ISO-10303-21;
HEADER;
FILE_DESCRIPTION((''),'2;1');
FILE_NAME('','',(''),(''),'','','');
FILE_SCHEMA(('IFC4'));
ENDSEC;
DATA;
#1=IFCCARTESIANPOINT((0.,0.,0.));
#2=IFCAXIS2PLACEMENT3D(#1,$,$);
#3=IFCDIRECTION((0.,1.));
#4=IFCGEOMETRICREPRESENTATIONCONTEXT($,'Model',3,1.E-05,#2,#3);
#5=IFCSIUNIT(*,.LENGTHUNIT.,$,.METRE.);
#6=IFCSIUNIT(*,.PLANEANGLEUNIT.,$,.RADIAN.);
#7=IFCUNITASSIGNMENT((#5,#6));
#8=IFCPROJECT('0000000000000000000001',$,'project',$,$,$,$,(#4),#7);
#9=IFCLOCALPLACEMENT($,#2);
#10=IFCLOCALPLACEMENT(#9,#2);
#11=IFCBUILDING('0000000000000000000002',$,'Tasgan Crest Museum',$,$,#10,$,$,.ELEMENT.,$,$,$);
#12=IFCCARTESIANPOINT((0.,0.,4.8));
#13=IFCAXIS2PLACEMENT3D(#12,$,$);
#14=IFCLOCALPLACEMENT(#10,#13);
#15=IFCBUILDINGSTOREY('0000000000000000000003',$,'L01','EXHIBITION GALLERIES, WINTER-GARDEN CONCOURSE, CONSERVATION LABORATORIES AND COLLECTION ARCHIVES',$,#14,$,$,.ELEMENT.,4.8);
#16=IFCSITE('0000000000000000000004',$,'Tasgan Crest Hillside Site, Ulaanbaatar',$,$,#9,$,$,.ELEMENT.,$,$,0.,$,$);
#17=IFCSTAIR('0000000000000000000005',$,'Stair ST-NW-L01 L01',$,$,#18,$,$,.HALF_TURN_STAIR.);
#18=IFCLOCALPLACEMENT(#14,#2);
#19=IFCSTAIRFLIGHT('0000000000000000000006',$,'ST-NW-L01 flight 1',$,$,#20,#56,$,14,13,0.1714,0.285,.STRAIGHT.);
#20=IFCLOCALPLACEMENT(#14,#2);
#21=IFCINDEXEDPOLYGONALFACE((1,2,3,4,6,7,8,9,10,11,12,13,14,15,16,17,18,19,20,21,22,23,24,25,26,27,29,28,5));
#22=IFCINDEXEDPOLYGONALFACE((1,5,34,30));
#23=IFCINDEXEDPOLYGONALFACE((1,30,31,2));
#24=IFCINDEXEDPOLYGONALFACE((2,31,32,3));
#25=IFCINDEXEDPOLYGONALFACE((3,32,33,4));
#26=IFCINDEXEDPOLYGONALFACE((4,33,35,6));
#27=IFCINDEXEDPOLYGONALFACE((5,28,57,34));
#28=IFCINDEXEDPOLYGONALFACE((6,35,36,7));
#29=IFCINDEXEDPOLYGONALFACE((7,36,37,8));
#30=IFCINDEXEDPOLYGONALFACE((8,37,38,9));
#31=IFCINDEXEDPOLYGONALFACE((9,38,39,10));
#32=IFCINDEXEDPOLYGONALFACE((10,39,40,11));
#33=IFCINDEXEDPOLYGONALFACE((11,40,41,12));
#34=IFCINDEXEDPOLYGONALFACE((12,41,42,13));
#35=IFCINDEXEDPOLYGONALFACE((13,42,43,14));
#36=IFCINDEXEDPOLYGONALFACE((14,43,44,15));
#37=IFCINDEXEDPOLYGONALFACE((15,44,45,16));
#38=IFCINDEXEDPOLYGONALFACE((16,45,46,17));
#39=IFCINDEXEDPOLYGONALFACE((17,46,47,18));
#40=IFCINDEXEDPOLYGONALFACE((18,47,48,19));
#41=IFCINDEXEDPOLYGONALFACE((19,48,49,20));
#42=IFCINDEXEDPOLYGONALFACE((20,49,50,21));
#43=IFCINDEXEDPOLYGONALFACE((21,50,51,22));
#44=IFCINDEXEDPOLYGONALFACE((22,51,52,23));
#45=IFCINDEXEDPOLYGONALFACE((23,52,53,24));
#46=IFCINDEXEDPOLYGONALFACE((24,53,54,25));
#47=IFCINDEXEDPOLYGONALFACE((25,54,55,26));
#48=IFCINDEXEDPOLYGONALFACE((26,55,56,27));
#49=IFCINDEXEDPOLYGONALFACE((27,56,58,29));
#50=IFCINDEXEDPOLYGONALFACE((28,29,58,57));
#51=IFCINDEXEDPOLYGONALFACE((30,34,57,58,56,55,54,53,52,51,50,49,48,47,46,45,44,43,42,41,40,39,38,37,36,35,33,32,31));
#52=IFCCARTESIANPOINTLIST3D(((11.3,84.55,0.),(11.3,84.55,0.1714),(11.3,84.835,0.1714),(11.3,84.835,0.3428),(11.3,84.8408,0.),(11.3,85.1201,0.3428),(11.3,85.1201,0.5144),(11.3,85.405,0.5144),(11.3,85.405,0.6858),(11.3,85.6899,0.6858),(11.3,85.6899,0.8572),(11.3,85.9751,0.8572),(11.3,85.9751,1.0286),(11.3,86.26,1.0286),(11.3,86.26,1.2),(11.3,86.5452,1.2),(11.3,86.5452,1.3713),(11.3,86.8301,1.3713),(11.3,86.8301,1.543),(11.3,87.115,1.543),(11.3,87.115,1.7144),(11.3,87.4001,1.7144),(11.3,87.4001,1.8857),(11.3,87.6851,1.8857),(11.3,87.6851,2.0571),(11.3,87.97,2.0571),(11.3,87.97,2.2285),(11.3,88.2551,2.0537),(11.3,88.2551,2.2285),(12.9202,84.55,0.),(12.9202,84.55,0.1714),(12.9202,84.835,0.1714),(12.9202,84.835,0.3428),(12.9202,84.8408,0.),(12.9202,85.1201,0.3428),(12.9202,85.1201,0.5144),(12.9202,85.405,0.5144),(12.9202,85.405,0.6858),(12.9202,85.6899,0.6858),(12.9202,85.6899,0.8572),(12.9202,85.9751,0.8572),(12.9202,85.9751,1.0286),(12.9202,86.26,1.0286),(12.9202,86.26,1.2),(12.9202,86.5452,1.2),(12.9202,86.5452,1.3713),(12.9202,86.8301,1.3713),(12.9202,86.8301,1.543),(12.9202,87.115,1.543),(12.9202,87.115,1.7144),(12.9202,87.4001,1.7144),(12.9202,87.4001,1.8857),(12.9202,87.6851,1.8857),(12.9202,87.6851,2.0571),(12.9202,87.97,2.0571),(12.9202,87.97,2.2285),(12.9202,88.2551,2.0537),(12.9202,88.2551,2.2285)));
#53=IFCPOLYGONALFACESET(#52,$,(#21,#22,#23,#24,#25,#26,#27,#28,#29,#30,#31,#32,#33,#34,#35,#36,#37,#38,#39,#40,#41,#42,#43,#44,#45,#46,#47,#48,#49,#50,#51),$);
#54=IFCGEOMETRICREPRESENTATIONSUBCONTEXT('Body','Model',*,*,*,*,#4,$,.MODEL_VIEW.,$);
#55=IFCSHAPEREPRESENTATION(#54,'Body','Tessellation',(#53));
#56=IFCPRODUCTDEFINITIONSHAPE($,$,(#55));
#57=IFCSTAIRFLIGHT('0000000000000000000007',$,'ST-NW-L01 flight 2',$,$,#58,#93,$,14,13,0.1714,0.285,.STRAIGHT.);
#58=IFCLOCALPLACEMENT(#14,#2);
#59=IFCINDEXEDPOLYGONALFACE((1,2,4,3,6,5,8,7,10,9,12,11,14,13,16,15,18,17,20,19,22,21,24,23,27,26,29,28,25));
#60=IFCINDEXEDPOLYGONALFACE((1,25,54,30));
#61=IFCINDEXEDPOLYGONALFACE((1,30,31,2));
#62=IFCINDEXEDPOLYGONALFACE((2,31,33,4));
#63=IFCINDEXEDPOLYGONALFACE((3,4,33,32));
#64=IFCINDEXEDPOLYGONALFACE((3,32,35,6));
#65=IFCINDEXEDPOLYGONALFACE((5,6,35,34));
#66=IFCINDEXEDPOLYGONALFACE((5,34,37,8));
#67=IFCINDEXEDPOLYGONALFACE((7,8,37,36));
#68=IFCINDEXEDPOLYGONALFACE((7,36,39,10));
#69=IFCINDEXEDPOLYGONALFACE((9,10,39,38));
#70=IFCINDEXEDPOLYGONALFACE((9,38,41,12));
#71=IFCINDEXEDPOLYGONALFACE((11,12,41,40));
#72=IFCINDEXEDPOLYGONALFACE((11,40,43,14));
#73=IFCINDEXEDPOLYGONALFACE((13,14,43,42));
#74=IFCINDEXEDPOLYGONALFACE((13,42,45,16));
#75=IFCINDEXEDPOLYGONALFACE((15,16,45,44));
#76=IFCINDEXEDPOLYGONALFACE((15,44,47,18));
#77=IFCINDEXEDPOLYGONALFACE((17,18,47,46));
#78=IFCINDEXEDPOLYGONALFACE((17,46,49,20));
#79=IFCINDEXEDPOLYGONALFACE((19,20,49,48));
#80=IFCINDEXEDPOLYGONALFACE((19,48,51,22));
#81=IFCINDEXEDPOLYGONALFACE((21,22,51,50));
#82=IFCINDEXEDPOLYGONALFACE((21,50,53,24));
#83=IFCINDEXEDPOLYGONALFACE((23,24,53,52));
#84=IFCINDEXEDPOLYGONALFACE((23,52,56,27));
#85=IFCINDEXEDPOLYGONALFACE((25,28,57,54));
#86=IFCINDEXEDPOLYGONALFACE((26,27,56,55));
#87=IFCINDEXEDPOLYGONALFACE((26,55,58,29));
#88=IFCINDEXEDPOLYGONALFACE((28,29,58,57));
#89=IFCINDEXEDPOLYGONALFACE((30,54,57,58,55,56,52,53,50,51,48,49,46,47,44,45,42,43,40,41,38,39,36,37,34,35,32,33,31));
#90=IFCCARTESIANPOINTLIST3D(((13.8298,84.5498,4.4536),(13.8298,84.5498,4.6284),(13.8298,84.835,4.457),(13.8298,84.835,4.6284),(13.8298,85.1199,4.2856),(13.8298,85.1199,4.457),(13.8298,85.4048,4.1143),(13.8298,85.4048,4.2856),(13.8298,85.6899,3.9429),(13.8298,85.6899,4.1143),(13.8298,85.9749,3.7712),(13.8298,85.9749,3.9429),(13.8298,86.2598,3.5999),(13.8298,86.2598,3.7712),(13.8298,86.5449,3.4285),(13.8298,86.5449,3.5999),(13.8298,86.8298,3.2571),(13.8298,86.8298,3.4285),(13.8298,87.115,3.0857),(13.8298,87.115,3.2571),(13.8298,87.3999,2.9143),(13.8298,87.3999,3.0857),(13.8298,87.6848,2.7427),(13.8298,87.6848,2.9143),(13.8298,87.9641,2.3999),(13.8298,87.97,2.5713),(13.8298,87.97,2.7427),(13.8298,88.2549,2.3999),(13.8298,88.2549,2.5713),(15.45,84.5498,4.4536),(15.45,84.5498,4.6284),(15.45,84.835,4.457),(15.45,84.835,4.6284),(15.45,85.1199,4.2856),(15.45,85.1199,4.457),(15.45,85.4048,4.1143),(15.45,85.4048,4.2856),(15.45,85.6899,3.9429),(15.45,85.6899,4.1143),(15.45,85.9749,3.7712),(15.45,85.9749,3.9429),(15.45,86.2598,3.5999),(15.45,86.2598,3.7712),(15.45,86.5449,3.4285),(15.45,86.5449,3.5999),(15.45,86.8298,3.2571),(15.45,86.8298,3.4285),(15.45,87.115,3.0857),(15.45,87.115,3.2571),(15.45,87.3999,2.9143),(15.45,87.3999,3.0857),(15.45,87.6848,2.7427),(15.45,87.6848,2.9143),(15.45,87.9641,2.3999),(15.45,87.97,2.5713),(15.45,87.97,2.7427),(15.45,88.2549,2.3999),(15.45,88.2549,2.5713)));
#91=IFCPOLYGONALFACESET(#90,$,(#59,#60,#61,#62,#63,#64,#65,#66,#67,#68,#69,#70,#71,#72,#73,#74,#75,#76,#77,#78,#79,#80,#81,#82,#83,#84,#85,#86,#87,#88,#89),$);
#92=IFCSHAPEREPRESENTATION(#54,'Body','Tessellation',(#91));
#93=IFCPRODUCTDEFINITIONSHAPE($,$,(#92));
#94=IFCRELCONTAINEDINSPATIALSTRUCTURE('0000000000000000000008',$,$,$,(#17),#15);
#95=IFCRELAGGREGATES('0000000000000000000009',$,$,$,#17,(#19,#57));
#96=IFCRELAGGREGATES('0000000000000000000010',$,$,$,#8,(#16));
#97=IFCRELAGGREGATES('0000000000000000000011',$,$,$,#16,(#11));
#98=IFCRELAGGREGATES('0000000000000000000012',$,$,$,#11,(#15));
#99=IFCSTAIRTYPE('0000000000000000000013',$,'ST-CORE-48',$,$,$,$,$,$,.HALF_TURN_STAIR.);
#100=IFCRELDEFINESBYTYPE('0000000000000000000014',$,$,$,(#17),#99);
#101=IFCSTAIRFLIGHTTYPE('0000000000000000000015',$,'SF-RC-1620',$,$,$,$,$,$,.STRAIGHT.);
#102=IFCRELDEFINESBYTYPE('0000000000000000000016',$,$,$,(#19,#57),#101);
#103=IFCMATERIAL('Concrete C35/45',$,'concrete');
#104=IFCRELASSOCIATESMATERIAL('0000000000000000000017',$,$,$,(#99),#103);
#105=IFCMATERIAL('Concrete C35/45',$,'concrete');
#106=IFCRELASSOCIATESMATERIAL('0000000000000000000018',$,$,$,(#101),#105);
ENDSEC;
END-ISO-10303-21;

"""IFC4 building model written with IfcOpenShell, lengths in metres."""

from ifc_helpers import new_model, si_unit, direction, frame, origin, place, context, subcontext, project, spatial, polyline, outline, extrude, material, type_object, element, aggregate, save


model = new_model("IFC4")

# Units and contexts
model_context = context("Model", 3, precision=1e-05, world=origin(), true_north=direction((0.0, 1.0)))
body_context = subcontext(model_context, "Body", "Model", "MODEL_VIEW")
ifc_project = project(units=[si_unit("LENGTHUNIT", "METRE"), si_unit("PLANEANGLEUNIT", "RADIAN")], contexts=[model_context])

# Site, building, storey
site_placement = place(None, origin())
site = spatial("IfcSite", under=ifc_project, at=site_placement, Name="Tasgan Crest Hillside Site, Ulaanbaatar", CompositionType="ELEMENT", RefElevation=0.0)
building_placement = place(site_placement, origin())
building = spatial("IfcBuilding", under=site, at=building_placement, Name="Tasgan Crest Museum", CompositionType="ELEMENT")
storey_placement = place(building_placement, frame((0.0, 0.0, 4.8)))
storey = spatial("IfcBuildingStorey", under=building, at=storey_placement, Name="L01", Description="EXHIBITION GALLERIES, WINTER-GARDEN CONCOURSE, CONSERVATION LABORATORIES AND COLLECTION ARCHIVES", CompositionType="ELEMENT", Elevation=4.8)

# Stair, stair flights
ifc_material_1 = material(Name="Concrete C35/45", Category="concrete")
stair_type = type_object("IfcStairType", Name="ST-CORE-48", PredefinedType="HALF_TURN_STAIR", material=ifc_material_1)
stair_placement = place(storey_placement, origin())
stair = element("IfcStair", 1, at=stair_placement, inside=storey, type_object=stair_type, Name="Stair ST-NW-L01 L01", PredefinedType="HALF_TURN_STAIR")
ifc_material_2 = material(Name="Concrete C35/45", Category="concrete")
stair_flight_type = type_object("IfcStairFlightType", Name="SF-RC-1620", PredefinedType="STRAIGHT", material=ifc_material_2)
stair_flight_1_placement = place(storey_placement, frame((12.1101, 84.55, 0.0), z_axis=(0.0, 0.0, 1.0), x_axis=(0.0, 1.0, 0.0)))
stair_flight_1 = element("IfcStairFlight", 2, at=stair_flight_1_placement, type_object=stair_flight_type, Name="ST-NW-L01 flight 1", NumberOfRisers=14, NumberOfTreads=13, PredefinedType="STRAIGHT", RiserHeight=0.1714, TreadLength=0.285, context=body_context, shape_type="SweptSolid", body=[
    extrude(outline(polyline([(0.0, 0.0), (0.0, 0.1714), (0.2849, 0.1714), (0.2849, 0.3428), (0.5701, 0.3428), (0.5701, 0.5144), (0.855, 0.5144), (0.855, 0.6858), (1.1399, 0.6858), (1.1399, 0.8572), (1.425, 0.8572), (1.425, 1.0286), (1.71, 1.0286), (1.71, 1.2), (1.9951, 1.2), (1.9951, 1.3713), (2.28, 1.3713), (2.28, 1.543), (2.5649, 1.543), (2.5649, 1.7144), (2.8501, 1.7144), (2.8501, 1.8857), (3.135, 1.8857), (3.135, 2.0571), (3.4199, 2.0571), (3.4199, 2.2285), (3.7051, 2.2285), (3.7051, 2.3999), (3.7051, 2.0537), (0.2908, 0.0), (0.0, 0.0)])), frame((0.0, 0.8101, 0.0), z_axis=(0.0, -1.0, 0.0), x_axis=(1.0, 0.0, 0.0)), (0.0, 0.0, 1.0), 1.6201),
])
stair_flight_2_placement = place(storey_placement, frame((14.6399, 88.2549, 2.3999), z_axis=(0.0, 0.0, 1.0), x_axis=(0.0, -1.0, 0.0)))
stair_flight_2 = element("IfcStairFlight", 3, at=stair_flight_2_placement, type_object=stair_flight_type, Name="ST-NW-L01 flight 2", NumberOfRisers=14, NumberOfTreads=13, PredefinedType="STRAIGHT", RiserHeight=0.1714, TreadLength=0.285, context=body_context, shape_type="SweptSolid", body=[
    extrude(outline(polyline([(0.0, 0.0), (0.0, 0.1714), (0.2849, 0.1714), (0.2849, 0.3428), (0.5701, 0.3428), (0.5701, 0.5144), (0.855, 0.5144), (0.855, 0.6858), (1.1399, 0.6858), (1.1399, 0.8572), (1.425, 0.8572), (1.425, 1.0286), (1.71, 1.0286), (1.71, 1.2), (1.9951, 1.2), (1.9951, 1.3713), (2.28, 1.3713), (2.28, 1.543), (2.5649, 1.543), (2.5649, 1.7144), (2.8501, 1.7144), (2.8501, 1.8857), (3.135, 1.8857), (3.135, 2.0571), (3.4199, 2.0571), (3.4199, 2.2285), (3.7051, 2.2285), (3.7051, 2.3999), (3.7051, 2.0537), (0.2908, 0.0), (0.0, 0.0)])), frame((0.0, 0.8101, 0.0), z_axis=(0.0, -1.0, 0.0), x_axis=(1.0, 0.0, 0.0)), (0.0, 0.0, 1.0), 1.6201),
])
aggregate(stair, [stair_flight_1, stair_flight_2])

save(model, "model.ifc")
